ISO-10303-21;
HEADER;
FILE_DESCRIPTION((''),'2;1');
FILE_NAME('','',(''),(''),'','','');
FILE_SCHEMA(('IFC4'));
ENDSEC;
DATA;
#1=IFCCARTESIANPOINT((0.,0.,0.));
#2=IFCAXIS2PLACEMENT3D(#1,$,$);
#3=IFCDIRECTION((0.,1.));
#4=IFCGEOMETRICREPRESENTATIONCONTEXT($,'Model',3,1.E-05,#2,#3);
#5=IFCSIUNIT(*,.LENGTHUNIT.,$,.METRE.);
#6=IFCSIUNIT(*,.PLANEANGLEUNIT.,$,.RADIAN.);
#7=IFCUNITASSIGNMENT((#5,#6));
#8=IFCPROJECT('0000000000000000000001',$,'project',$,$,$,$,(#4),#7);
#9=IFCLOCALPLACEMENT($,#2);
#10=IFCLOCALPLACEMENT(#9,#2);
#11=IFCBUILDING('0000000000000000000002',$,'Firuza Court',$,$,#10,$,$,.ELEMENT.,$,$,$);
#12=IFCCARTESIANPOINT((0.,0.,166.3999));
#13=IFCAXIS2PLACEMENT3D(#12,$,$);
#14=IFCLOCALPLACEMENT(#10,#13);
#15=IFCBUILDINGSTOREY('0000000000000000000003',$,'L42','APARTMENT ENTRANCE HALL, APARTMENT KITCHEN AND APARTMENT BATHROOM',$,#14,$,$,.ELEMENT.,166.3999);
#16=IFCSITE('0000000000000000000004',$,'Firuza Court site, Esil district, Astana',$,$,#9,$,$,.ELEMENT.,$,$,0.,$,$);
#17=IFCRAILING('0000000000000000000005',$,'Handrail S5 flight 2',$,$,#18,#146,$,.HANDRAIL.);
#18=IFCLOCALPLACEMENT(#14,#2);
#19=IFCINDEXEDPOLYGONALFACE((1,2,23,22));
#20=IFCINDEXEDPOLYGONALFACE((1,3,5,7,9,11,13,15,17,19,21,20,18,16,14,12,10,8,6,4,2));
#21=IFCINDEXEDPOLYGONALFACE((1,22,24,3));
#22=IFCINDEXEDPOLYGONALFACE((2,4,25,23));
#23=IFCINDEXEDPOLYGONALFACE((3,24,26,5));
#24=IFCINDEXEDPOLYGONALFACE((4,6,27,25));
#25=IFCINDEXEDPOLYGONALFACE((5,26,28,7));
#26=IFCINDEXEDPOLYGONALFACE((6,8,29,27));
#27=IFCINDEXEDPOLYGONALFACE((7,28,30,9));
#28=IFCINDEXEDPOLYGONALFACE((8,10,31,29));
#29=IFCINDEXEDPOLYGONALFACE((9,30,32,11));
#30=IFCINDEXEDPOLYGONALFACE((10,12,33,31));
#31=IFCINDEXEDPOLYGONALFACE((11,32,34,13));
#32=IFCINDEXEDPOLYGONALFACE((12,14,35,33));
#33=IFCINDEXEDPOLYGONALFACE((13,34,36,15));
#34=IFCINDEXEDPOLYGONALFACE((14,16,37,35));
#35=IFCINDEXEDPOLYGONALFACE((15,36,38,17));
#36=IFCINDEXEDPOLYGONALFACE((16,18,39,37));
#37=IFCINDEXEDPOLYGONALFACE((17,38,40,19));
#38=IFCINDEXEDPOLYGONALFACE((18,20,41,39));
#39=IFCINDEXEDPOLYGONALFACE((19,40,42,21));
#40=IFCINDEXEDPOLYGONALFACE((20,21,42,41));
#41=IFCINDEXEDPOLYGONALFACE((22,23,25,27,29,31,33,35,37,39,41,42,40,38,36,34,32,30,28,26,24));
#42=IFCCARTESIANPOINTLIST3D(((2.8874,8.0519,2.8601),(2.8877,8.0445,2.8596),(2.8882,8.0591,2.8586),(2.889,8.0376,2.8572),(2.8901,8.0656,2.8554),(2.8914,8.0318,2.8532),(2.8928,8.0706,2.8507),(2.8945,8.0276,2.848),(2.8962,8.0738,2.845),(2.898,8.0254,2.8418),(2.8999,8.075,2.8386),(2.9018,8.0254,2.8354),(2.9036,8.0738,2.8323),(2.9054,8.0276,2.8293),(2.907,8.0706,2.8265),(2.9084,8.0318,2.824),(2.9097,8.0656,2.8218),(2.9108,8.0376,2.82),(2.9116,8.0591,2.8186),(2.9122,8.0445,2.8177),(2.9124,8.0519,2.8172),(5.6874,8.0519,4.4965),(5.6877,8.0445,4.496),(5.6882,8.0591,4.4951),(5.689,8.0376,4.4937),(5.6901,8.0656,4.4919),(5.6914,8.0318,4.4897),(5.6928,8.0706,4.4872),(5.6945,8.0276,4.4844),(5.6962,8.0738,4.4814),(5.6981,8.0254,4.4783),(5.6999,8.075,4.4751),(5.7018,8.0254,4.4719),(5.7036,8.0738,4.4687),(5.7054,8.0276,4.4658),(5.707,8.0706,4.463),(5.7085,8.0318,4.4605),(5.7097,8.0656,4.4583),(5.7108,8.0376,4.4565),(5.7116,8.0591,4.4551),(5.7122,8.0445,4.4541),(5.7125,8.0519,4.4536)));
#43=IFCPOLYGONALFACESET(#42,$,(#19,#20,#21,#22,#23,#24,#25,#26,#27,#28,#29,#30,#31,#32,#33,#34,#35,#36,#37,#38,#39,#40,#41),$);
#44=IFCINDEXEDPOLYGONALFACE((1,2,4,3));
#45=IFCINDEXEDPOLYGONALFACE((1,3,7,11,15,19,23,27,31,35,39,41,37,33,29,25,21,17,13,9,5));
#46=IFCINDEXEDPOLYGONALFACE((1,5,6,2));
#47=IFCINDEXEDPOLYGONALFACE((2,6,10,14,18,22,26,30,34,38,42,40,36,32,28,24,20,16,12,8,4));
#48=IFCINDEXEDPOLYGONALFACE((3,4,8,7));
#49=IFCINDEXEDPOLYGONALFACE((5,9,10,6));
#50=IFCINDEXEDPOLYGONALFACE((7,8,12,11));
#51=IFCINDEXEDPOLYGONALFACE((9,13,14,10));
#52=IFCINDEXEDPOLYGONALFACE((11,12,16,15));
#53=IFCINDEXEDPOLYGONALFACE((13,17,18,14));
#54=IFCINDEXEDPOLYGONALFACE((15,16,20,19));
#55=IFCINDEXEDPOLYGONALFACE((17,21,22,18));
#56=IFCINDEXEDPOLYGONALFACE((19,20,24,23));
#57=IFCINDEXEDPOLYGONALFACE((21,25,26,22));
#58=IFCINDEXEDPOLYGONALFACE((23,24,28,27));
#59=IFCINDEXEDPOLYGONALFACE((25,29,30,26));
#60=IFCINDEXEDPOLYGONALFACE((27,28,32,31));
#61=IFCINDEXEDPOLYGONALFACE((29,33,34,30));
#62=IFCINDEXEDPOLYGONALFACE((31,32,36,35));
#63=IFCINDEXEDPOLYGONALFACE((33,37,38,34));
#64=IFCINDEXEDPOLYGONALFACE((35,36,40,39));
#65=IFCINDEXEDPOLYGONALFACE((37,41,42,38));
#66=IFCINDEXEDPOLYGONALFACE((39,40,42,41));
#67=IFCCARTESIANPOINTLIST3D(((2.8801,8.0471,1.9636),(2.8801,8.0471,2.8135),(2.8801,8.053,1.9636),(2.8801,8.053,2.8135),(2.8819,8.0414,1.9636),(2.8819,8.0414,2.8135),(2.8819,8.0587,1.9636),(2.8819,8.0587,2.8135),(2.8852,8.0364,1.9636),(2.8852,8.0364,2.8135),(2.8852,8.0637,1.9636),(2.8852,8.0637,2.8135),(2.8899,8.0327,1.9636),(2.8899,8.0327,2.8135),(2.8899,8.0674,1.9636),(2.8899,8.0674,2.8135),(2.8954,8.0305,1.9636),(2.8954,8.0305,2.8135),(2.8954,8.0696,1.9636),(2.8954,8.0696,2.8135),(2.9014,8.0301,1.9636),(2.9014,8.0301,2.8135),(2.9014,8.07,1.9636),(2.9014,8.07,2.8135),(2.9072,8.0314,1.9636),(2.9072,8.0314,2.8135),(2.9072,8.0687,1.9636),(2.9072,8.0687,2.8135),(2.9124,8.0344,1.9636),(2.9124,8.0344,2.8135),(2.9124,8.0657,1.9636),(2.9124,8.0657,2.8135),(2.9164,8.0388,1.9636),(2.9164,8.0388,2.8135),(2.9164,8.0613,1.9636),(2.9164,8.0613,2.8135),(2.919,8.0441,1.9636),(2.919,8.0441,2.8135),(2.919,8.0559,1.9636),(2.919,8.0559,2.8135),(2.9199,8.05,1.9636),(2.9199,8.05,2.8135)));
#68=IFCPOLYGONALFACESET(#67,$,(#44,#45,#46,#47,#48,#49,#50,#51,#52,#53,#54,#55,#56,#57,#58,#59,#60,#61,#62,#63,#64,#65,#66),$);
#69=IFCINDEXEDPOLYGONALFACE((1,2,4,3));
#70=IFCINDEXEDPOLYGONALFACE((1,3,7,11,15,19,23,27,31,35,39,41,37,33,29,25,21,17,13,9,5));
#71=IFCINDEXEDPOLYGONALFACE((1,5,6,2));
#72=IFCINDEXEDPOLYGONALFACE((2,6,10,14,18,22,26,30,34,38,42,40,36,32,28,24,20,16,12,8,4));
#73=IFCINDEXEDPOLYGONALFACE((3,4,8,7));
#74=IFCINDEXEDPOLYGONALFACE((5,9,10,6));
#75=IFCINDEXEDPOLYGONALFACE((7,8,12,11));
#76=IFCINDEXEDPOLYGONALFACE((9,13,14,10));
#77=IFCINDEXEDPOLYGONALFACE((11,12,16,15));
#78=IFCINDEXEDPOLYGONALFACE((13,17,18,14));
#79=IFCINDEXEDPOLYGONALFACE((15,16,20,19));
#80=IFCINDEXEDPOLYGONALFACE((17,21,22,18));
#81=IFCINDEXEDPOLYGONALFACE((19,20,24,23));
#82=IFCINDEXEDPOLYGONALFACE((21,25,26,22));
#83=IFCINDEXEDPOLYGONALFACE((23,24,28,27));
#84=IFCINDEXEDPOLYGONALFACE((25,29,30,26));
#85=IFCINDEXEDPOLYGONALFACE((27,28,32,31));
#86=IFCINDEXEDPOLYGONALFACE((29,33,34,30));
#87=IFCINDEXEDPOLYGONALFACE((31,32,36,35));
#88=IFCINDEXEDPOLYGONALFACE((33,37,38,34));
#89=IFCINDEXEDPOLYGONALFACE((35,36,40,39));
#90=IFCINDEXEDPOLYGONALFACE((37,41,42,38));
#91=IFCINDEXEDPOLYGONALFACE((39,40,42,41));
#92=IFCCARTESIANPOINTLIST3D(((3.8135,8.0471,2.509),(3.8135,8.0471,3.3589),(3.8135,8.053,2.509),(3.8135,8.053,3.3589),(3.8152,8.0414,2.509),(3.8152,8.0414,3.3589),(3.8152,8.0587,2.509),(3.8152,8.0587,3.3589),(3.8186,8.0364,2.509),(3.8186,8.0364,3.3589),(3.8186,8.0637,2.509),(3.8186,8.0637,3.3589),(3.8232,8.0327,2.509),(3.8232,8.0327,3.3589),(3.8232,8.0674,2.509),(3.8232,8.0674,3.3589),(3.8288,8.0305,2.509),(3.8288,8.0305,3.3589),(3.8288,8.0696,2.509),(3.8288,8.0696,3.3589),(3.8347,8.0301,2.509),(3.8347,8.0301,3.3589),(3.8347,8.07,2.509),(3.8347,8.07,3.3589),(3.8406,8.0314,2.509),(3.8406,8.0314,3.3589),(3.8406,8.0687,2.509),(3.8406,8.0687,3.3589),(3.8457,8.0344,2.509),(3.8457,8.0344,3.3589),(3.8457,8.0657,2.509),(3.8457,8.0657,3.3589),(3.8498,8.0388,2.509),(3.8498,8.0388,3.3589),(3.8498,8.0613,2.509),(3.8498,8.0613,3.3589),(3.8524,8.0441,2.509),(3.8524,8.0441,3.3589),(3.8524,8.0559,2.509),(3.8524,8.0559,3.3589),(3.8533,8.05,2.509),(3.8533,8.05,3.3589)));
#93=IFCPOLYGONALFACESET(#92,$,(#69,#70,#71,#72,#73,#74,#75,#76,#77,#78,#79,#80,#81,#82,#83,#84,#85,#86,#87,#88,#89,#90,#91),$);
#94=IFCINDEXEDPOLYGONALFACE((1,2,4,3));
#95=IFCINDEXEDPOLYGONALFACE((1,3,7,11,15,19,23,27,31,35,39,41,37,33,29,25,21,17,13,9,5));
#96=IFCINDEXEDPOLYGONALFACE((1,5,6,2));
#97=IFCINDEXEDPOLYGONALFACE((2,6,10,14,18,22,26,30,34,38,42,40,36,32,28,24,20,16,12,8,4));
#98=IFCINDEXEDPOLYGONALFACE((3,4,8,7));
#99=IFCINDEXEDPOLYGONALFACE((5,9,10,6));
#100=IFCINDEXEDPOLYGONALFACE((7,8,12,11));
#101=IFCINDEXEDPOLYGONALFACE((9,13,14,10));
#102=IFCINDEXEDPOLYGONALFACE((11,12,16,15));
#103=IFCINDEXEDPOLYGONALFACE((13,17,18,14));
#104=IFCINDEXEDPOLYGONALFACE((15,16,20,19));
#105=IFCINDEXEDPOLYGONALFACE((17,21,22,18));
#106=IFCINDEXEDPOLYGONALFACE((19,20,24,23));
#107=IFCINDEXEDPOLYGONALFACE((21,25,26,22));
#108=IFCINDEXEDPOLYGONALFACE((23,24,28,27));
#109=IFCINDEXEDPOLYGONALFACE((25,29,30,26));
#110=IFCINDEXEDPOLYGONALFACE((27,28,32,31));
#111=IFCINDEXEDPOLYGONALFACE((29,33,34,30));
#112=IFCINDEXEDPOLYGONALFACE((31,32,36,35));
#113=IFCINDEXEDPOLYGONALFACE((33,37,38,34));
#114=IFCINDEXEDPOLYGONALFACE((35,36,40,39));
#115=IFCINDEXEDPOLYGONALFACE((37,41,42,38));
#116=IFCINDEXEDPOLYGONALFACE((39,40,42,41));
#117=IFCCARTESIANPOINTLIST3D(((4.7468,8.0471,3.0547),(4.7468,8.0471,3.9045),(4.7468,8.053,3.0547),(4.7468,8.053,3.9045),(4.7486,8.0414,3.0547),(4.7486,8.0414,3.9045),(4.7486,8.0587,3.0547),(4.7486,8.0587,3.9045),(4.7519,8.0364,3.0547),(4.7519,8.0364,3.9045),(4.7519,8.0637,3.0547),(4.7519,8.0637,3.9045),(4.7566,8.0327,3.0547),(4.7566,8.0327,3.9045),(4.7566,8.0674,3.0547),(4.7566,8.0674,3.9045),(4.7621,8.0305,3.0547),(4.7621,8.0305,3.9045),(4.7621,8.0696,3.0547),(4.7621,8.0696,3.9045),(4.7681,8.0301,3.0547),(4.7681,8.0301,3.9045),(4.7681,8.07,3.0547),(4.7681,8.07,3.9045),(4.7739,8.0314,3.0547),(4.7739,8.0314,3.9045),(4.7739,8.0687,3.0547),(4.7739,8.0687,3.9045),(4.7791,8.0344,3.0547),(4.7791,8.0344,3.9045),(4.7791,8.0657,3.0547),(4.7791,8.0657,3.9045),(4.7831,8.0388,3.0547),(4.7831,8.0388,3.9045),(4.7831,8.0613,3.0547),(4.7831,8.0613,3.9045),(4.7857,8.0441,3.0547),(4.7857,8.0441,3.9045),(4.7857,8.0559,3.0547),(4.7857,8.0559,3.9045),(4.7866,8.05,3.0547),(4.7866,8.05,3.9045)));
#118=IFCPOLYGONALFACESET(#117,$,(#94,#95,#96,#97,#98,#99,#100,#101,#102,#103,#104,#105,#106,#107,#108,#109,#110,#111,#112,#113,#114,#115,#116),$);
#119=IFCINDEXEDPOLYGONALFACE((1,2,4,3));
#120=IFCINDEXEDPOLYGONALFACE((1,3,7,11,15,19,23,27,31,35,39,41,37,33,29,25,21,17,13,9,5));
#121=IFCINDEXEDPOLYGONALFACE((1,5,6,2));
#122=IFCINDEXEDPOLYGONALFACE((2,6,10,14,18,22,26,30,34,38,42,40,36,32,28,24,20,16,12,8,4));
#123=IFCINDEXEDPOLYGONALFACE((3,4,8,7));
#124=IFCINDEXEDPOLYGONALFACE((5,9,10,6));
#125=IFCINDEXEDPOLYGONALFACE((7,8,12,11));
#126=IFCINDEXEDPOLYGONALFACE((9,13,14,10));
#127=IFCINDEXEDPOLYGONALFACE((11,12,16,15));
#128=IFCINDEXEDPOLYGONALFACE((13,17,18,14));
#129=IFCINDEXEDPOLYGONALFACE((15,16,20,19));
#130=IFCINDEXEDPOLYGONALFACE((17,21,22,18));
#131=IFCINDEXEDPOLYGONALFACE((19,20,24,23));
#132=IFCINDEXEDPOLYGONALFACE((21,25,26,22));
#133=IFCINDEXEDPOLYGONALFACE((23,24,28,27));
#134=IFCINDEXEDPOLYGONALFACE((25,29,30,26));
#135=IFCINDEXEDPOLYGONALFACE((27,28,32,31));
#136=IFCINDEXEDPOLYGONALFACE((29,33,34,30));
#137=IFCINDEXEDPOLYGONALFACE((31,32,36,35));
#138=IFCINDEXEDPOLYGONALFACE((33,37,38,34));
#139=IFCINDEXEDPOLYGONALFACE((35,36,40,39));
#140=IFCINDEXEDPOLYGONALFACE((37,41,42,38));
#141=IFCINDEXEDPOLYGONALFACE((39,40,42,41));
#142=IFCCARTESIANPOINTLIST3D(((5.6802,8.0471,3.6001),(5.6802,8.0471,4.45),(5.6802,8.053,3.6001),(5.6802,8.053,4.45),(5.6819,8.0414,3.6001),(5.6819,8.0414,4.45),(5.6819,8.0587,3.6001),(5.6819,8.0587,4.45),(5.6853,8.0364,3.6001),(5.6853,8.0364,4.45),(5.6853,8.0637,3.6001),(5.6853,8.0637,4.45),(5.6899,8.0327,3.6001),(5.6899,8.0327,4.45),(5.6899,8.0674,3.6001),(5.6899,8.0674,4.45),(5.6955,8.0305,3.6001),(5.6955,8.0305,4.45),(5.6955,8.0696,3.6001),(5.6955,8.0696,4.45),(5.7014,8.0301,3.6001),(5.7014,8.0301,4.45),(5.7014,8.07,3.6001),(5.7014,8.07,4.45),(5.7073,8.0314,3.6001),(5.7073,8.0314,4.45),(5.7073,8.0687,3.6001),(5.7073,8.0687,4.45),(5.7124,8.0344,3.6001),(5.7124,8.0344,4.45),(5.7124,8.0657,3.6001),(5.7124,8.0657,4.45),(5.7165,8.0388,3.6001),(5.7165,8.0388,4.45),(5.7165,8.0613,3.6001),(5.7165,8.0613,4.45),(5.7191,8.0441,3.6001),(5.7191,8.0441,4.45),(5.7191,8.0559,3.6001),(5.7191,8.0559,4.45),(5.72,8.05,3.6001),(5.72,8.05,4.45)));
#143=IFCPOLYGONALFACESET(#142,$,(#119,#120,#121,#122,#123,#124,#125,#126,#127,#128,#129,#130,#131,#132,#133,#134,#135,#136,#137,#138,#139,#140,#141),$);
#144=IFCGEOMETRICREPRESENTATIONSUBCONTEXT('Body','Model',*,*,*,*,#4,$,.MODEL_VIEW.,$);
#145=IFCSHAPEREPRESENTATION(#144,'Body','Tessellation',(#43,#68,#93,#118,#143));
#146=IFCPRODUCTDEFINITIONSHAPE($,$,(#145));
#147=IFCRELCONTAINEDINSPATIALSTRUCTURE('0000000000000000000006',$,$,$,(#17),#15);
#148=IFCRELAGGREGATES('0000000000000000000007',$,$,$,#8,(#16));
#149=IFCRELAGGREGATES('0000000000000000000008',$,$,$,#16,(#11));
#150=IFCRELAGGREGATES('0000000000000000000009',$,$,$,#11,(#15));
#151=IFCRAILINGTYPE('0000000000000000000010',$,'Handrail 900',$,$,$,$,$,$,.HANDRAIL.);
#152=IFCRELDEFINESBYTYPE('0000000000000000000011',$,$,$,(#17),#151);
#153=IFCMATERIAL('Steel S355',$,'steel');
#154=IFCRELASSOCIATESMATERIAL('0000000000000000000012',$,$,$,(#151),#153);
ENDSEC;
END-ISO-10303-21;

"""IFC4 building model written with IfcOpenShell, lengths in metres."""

from ifc_helpers import new_model, si_unit, direction, frame, origin, origin_2d, place, context, subcontext, project, spatial, circle, extrude, material, type_object, element, save


model = new_model("IFC4")

# Units and contexts
model_context = context("Model", 3, precision=1e-05, world=origin(), true_north=direction((0.0, 1.0)))
body_context = subcontext(model_context, "Body", "Model", "MODEL_VIEW")
ifc_project = project(units=[si_unit("LENGTHUNIT", "METRE"), si_unit("PLANEANGLEUNIT", "RADIAN")], contexts=[model_context])

# Site, building, storey
site_placement = place(None, origin())
site = spatial("IfcSite", under=ifc_project, at=site_placement, Name="Firuza Court site, Esil district, Astana", CompositionType="ELEMENT", RefElevation=0.0)
building_placement = place(site_placement, origin())
building = spatial("IfcBuilding", under=site, at=building_placement, Name="Firuza Court", CompositionType="ELEMENT")
storey_placement = place(building_placement, frame((0.0, 0.0, 166.3999)))
storey = spatial("IfcBuildingStorey", under=building, at=storey_placement, Name="L42", Description="APARTMENT ENTRANCE HALL, APARTMENT KITCHEN AND APARTMENT BATHROOM", CompositionType="ELEMENT", Elevation=166.3999)

# Railing
ifc_material_1 = material(Name="Steel S355", Category="steel")
railing_type_1 = type_object("IfcRailingType", Name="Handrail 900", PredefinedType="HANDRAIL", material=ifc_material_1)
railing_1_placement = place(storey_placement, frame((2.8999, 8.05, 1.9636)))
element("IfcRailing", 1, at=railing_1_placement, inside=storey, type_object=railing_type_1, Name="Handrail S5 flight 2", PredefinedType="HANDRAIL", context=body_context, shape_type="SweptSolid", body=[
    extrude(circle(Radius=0.0249, at=origin_2d()), frame((0.0, 0.0, 0.875), z_axis=(0.863361, 0.0, 0.504587), x_axis=(0.0, 1.0, 0.0)), (0.0, 0.0, 1.0), 3.2432),
    extrude(circle(Radius=0.02, at=origin_2d()), origin(), (0.0, 0.0, 1.0), 0.8499),
    extrude(circle(Radius=0.02, at=origin_2d()), frame((0.9333, 0.0, 0.5454)), (0.0, 0.0, 1.0), 0.8499),
    extrude(circle(Radius=0.02, at=origin_2d()), frame((1.8667, 0.0, 1.0911)), (0.0, 0.0, 1.0), 0.8499),
    extrude(circle(Radius=0.02, at=origin_2d()), frame((2.8, 0.0, 1.6365)), (0.0, 0.0, 1.0), 0.8499),
])

save(model, "model.ifc")
